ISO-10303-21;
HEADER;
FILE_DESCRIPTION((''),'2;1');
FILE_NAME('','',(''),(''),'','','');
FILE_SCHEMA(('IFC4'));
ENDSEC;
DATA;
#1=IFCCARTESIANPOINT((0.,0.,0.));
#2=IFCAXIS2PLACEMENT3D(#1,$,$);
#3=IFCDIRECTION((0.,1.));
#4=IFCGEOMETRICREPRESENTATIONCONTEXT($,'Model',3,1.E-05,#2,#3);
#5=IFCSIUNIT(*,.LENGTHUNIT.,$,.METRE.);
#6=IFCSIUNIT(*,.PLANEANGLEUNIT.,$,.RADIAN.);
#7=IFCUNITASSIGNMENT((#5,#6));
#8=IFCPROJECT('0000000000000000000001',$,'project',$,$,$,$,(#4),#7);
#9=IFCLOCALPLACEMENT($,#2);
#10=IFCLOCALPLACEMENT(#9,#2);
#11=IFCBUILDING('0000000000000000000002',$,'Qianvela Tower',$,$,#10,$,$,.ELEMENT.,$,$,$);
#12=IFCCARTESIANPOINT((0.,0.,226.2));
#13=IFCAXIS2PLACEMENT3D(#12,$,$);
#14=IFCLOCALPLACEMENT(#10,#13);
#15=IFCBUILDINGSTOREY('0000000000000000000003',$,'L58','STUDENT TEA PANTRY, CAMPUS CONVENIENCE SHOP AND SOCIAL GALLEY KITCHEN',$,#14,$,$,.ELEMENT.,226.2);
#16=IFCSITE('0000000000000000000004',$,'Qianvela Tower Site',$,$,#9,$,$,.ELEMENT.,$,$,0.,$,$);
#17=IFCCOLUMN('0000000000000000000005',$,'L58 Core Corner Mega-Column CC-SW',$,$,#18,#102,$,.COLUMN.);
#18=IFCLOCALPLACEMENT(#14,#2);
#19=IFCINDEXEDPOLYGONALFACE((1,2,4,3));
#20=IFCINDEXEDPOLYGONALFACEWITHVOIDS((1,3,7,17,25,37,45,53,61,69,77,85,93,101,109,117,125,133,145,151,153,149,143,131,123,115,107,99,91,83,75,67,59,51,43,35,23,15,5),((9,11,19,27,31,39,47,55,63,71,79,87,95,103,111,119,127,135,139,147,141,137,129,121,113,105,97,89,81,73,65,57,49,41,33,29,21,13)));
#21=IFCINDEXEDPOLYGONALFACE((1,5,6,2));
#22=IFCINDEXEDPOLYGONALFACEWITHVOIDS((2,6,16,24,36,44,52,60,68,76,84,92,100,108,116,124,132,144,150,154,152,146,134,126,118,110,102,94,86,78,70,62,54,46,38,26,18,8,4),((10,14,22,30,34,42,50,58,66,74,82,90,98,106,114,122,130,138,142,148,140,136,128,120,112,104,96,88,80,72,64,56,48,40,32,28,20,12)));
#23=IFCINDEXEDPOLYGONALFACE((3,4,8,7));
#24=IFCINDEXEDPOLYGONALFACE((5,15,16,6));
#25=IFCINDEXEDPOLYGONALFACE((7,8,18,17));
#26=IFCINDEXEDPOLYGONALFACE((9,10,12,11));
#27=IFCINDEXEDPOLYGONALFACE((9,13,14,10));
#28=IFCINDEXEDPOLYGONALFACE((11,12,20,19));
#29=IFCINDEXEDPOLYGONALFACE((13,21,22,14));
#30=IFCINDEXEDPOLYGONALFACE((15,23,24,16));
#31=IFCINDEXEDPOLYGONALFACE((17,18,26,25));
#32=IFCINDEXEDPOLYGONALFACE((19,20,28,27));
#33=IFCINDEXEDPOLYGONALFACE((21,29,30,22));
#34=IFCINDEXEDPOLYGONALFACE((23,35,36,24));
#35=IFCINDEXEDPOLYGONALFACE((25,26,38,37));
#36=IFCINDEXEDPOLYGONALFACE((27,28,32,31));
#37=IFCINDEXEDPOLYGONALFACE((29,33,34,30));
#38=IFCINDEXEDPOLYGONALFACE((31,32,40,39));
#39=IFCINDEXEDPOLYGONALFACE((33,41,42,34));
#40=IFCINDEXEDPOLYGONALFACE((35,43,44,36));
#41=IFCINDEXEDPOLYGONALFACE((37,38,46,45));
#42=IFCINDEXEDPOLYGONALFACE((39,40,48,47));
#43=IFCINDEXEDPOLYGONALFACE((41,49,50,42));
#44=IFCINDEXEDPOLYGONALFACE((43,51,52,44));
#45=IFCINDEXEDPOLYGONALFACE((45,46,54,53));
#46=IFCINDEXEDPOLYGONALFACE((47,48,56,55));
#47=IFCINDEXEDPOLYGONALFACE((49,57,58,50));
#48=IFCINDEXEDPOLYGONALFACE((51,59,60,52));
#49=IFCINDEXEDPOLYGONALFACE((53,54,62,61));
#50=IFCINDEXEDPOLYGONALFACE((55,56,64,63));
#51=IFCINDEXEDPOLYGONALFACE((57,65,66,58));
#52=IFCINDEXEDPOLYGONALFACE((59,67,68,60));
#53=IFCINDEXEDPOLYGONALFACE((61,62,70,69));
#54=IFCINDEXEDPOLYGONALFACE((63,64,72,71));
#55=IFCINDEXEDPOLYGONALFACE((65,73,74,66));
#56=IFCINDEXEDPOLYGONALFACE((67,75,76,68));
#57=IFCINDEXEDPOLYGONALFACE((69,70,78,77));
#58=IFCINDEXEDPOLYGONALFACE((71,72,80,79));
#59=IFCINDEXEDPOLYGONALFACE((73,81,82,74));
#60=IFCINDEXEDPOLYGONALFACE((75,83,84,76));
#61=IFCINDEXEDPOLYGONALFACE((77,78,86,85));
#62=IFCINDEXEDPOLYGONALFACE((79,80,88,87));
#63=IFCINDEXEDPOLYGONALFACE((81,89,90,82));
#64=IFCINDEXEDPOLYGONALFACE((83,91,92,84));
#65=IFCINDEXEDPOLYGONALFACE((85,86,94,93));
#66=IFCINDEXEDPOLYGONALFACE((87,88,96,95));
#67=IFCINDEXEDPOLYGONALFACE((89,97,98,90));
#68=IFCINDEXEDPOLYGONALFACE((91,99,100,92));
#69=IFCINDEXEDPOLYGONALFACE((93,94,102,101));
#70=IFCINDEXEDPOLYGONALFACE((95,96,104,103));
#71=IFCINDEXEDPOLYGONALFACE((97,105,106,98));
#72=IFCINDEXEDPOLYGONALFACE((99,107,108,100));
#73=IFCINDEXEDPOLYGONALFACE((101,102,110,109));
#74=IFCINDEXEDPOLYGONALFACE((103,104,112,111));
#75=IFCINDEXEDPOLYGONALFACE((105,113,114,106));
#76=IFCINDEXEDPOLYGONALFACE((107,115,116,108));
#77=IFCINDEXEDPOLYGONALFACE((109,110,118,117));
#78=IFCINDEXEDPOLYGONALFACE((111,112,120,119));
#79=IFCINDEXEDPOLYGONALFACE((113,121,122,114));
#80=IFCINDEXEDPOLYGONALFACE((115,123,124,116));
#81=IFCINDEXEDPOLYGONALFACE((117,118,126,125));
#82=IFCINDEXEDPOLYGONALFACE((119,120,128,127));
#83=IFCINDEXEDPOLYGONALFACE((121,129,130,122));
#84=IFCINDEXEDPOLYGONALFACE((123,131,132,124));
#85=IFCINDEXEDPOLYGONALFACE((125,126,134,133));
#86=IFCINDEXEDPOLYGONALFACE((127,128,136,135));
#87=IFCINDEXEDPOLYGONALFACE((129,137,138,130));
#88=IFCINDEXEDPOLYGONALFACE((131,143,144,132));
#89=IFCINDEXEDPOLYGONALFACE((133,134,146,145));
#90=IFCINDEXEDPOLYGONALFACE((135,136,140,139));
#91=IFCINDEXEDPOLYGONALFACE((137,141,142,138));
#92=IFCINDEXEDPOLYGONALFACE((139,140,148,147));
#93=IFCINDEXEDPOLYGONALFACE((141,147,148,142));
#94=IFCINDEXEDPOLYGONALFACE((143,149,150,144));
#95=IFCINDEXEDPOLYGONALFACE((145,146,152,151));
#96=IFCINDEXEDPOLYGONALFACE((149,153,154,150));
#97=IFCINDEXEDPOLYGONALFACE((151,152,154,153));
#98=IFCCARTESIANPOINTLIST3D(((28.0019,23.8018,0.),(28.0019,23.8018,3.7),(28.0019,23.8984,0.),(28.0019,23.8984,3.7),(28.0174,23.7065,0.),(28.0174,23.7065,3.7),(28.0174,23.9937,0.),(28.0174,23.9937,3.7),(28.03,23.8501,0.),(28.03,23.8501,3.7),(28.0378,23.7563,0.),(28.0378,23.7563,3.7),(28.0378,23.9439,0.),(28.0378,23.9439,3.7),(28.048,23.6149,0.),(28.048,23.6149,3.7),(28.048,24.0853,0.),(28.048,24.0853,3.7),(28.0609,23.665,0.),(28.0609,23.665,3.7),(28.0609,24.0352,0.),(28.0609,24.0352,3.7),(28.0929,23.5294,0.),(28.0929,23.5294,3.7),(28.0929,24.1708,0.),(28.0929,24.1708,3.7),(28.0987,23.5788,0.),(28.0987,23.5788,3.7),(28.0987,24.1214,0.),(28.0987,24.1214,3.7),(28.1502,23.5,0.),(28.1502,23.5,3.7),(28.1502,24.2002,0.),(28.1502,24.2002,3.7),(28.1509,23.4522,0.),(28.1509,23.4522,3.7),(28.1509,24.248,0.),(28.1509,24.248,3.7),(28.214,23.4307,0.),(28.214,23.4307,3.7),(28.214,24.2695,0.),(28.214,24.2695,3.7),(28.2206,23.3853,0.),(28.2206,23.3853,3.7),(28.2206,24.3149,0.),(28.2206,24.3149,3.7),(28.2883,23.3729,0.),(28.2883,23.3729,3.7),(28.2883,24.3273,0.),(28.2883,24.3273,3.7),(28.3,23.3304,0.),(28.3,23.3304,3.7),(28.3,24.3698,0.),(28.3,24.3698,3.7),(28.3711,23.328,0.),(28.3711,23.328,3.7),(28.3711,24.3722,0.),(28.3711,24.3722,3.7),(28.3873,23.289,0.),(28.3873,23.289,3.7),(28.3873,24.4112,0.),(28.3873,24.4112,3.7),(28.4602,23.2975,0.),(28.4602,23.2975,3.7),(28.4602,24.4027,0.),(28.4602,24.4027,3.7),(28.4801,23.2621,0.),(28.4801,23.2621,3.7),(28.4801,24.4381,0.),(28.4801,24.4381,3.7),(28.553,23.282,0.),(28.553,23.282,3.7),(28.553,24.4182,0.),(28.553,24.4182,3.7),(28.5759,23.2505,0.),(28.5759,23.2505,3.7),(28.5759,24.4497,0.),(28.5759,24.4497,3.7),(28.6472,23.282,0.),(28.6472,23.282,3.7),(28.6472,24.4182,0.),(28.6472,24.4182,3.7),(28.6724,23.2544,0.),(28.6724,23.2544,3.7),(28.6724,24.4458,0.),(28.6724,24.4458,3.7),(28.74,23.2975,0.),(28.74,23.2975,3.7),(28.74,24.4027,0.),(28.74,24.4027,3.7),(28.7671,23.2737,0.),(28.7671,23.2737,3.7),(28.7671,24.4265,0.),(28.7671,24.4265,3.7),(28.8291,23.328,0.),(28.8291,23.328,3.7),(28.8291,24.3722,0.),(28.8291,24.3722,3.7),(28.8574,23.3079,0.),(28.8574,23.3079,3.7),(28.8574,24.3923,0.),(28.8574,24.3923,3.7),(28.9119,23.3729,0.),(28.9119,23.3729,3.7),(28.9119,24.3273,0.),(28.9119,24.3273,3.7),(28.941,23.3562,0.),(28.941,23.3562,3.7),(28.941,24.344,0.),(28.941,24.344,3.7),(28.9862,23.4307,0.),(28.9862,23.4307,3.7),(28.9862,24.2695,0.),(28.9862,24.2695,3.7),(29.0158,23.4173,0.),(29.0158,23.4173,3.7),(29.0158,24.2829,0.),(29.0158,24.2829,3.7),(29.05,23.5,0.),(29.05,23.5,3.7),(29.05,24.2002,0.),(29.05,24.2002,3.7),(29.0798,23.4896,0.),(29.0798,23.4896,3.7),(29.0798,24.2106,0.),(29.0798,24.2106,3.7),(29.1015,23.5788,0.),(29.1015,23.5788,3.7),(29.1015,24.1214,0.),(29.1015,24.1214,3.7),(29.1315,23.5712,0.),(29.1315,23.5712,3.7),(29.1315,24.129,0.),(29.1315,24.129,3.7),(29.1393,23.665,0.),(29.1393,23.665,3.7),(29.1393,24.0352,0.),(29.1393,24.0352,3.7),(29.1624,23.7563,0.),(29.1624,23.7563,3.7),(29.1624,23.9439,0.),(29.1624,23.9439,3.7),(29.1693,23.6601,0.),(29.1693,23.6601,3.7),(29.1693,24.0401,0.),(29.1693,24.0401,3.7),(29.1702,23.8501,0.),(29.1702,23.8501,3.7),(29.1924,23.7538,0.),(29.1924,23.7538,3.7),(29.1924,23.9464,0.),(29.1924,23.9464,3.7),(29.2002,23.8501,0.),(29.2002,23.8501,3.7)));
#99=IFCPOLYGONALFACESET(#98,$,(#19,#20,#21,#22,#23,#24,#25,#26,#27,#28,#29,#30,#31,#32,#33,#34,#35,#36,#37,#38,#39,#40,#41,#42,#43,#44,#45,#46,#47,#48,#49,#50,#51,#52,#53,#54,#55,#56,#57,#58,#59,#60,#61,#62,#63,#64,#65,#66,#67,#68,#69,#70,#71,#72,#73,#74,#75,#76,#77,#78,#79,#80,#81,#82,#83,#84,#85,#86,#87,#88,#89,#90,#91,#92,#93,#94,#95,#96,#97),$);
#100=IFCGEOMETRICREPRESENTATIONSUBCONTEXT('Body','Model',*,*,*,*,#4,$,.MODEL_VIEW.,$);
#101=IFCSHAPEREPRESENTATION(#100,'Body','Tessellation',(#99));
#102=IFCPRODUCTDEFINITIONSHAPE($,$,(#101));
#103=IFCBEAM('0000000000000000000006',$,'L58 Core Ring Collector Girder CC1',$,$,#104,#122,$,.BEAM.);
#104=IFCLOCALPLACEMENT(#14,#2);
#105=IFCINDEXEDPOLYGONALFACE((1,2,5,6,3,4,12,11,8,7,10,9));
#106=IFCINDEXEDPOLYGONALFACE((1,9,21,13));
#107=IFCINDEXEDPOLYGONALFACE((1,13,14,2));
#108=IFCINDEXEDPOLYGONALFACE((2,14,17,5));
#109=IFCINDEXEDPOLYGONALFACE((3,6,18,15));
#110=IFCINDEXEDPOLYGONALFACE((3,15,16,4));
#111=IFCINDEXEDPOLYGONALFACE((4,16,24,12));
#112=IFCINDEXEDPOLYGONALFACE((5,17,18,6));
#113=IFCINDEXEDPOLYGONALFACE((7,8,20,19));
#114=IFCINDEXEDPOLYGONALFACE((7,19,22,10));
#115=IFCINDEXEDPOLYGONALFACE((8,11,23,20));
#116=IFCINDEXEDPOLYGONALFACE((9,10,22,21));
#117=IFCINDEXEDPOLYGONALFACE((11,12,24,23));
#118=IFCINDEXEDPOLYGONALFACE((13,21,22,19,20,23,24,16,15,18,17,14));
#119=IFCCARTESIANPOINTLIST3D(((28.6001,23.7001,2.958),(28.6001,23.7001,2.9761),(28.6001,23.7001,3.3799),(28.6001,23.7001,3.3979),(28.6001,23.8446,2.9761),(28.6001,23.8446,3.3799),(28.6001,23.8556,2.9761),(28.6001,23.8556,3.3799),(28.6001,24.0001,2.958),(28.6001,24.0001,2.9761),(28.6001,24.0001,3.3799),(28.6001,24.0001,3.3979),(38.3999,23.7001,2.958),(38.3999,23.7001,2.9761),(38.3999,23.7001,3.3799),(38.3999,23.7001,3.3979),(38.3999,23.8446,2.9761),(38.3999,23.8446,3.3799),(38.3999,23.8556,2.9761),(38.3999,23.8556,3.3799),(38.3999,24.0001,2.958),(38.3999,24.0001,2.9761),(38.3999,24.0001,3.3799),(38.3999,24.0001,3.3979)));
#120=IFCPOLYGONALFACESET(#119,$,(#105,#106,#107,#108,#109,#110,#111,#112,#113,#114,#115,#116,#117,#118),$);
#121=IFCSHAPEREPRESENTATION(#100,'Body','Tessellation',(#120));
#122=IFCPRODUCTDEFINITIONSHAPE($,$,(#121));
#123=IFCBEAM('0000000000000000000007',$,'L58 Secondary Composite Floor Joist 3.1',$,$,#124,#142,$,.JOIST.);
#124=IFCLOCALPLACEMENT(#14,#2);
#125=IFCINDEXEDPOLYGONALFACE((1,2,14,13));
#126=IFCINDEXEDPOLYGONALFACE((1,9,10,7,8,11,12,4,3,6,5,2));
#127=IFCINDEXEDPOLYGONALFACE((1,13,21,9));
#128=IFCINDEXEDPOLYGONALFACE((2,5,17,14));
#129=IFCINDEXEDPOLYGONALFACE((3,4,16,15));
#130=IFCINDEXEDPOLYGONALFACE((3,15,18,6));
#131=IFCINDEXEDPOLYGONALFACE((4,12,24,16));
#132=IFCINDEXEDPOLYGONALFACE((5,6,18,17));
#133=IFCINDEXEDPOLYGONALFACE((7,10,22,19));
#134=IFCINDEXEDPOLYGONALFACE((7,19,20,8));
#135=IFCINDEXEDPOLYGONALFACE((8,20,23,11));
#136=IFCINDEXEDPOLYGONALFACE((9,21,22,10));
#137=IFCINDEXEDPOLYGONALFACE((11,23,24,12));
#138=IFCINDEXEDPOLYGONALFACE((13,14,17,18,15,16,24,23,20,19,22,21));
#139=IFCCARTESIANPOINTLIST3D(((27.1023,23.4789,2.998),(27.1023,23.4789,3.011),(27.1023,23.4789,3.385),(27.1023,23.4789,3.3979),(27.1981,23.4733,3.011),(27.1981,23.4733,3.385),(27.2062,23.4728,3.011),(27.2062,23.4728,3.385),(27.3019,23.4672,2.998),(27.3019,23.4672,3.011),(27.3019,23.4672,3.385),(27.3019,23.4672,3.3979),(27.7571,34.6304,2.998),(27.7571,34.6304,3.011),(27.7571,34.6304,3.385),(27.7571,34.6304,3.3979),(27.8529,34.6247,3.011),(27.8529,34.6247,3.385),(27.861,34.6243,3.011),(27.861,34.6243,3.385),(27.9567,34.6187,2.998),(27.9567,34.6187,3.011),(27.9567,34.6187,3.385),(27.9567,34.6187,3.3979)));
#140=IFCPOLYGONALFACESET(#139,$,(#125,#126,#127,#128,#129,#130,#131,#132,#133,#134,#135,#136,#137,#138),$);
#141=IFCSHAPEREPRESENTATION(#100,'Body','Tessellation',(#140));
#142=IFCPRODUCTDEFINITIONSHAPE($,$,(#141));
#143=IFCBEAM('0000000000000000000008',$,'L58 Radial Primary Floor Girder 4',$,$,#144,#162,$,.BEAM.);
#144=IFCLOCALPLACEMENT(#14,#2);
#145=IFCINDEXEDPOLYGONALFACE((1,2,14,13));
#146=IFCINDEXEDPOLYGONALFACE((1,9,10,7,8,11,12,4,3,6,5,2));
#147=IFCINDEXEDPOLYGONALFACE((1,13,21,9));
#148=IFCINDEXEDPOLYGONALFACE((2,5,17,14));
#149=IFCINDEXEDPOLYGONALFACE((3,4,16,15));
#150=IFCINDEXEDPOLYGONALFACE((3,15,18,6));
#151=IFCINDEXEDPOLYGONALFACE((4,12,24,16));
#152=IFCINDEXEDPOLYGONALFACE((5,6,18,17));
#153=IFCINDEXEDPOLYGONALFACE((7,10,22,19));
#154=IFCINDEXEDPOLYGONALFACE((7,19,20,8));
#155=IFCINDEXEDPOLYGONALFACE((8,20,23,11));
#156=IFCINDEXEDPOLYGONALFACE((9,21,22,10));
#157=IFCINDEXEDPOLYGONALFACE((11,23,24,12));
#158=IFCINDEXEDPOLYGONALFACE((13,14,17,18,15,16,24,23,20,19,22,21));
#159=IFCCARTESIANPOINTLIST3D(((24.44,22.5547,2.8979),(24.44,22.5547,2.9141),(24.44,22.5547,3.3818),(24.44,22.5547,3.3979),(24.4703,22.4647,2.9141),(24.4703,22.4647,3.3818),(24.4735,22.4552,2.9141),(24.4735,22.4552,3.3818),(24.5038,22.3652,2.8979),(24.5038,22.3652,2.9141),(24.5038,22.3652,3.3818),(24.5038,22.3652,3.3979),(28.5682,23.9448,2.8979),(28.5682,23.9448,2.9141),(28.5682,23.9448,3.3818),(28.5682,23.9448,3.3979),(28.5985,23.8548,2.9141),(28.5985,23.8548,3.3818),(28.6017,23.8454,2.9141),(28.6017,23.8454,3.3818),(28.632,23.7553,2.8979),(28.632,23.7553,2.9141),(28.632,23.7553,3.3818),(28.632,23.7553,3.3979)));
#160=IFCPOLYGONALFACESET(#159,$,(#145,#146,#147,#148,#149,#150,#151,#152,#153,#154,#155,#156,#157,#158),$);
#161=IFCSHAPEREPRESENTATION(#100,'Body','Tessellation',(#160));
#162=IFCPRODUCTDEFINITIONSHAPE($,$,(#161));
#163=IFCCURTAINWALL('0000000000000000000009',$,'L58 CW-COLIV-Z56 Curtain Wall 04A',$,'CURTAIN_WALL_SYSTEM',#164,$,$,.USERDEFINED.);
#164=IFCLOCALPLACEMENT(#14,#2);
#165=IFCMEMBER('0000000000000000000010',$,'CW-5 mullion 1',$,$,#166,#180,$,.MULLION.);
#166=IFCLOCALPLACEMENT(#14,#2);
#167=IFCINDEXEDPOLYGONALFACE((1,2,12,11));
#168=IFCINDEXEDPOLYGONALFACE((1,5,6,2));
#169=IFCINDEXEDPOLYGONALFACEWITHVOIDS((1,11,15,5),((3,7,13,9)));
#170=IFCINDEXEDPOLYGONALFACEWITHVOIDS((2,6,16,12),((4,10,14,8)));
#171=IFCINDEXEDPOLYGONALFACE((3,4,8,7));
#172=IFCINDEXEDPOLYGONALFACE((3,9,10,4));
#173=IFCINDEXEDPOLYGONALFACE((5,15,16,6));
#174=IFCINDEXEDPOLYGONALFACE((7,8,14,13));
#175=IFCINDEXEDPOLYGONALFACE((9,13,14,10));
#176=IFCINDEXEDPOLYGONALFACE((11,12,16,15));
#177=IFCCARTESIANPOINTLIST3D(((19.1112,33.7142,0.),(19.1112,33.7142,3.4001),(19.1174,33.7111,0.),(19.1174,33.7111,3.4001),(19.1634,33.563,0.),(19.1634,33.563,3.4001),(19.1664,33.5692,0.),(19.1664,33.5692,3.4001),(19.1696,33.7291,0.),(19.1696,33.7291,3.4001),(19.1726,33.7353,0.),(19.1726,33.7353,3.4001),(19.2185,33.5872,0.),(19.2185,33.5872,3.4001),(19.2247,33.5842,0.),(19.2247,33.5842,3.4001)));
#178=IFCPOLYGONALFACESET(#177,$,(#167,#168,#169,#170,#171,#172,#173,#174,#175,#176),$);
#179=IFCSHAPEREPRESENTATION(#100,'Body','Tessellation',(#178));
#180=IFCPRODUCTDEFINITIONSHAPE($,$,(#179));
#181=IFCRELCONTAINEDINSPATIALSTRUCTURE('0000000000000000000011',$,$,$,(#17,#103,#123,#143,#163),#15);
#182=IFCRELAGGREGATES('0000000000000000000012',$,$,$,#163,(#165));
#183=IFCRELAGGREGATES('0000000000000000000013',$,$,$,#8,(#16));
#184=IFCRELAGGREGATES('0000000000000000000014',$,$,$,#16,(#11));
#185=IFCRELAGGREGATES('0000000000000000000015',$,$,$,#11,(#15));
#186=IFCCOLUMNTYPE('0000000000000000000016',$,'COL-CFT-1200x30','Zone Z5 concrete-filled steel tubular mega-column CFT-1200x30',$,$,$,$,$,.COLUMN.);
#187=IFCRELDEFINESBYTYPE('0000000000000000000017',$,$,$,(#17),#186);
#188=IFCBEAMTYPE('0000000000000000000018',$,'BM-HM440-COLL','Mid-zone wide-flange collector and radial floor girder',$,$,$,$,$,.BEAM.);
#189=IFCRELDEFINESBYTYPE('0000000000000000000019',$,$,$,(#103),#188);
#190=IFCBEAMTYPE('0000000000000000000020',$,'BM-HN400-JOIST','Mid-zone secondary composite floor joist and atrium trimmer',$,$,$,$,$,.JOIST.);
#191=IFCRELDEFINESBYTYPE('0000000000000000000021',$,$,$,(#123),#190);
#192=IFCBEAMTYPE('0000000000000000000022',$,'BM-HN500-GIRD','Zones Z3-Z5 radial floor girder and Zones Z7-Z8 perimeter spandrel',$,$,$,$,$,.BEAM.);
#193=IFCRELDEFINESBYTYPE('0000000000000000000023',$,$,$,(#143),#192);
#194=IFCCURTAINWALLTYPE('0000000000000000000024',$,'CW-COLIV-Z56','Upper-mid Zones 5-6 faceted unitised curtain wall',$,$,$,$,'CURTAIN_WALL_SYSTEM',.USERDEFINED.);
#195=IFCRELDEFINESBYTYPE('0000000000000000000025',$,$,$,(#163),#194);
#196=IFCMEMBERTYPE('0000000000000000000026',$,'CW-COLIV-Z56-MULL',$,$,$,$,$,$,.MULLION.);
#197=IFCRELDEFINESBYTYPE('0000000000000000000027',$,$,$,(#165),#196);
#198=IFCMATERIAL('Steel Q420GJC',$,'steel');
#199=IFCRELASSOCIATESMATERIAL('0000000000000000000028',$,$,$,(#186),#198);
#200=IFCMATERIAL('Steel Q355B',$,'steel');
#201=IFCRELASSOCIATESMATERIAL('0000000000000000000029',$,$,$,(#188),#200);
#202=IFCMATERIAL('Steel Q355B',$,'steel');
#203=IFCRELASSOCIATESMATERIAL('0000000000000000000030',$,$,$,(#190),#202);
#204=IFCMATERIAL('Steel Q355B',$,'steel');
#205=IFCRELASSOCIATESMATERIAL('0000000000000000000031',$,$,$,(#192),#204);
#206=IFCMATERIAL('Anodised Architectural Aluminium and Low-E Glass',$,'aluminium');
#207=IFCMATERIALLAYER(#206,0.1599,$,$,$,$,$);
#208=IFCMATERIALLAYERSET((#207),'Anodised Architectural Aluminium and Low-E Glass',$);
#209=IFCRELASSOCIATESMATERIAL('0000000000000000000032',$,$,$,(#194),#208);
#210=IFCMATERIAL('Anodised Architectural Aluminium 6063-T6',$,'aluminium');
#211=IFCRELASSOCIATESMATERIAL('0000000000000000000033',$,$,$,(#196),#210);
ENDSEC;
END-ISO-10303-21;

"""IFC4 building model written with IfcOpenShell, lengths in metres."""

from ifc_helpers import new_model, si_unit, direction, frame, origin, origin_2d, place, context, subcontext, project, spatial, hollow_rectangle, hollow_circle, i_section, extrude, material, layer, layer_set, material_profile, profile_set, type_object, element, aggregate, save


model = new_model("IFC4")

# Units and contexts
model_context = context("Model", 3, precision=1e-05, world=origin(), true_north=direction((0.0, 1.0)))
body_context = subcontext(model_context, "Body", "Model", "MODEL_VIEW")
ifc_project = project(units=[si_unit("LENGTHUNIT", "METRE"), si_unit("PLANEANGLEUNIT", "RADIAN")], contexts=[model_context])

# Site, building, storey
site_placement = place(None, origin())
site = spatial("IfcSite", under=ifc_project, at=site_placement, Name="Qianvela Tower Site", CompositionType="ELEMENT", RefElevation=0.0)
building_placement = place(site_placement, origin())
building = spatial("IfcBuilding", under=site, at=building_placement, Name="Qianvela Tower", CompositionType="ELEMENT")
storey_placement = place(building_placement, frame((0.0, 0.0, 226.2)))
storey = spatial("IfcBuildingStorey", under=building, at=storey_placement, Name="L58", Description="STUDENT TEA PANTRY, CAMPUS CONVENIENCE SHOP AND SOCIAL GALLEY KITCHEN", CompositionType="ELEMENT", Elevation=226.2)

# Column
ifc_material_1 = material(Name="Steel Q420GJC", Category="steel")
ifc_material_profile_1 = material_profile(ifc_material_1, hollow_circle(Radius=0.6001, WallThickness=0.03, at=origin_2d()), Name="CFT-1200x30")
ifc_profile_set_1 = profile_set([ifc_material_profile_1], Name="Steel Q420GJC")
column_type = type_object("IfcColumnType", Name="COL-CFT-1200x30", Description="Zone Z5 concrete-filled steel tubular mega-column CFT-1200x30", PredefinedType="COLUMN", material=ifc_profile_set_1)
column_placement = place(storey_placement, frame((28.6001, 23.8501, 0.0), z_axis=(0.0, 0.0, 1.0), x_axis=(1.0, 0.0, 0.0)))
element("IfcColumn", 1, at=column_placement, inside=storey, type_object=column_type, Name="L58 Core Corner Mega-Column CC-SW", PredefinedType="COLUMN", context=body_context, shape_type="SweptSolid", body=[
    extrude(hollow_circle(Radius=0.6001, WallThickness=0.03, at=origin_2d()), origin(), (0.0, 0.0, 1.0), 3.7),
])

# Beams
ifc_material_2 = material(Name="Steel Q355B", Category="steel")
ifc_material_profile_2 = material_profile(ifc_material_2, i_section(OverallWidth=0.3, OverallDepth=0.4399, WebThickness=0.011, FlangeThickness=0.0181, at=origin_2d()), Name="HM440x300x11x18")
ifc_profile_set_2 = profile_set([ifc_material_profile_2], Name="Steel Q355B")
beam_type_1 = type_object("IfcBeamType", Name="BM-HM440-COLL", Description="Mid-zone wide-flange collector and radial floor girder", PredefinedType="BEAM", material=ifc_profile_set_2)
beam_1_placement = place(storey_placement, frame((28.6001, 23.8501, 3.178), z_axis=(1.0, 0.0, 0.0), x_axis=(0.0, 1.0, 0.0)))
element("IfcBeam", 2, at=beam_1_placement, inside=storey, type_object=beam_type_1, Name="L58 Core Ring Collector Girder CC1", PredefinedType="BEAM", context=body_context, shape_type="SweptSolid", body=[
    extrude(i_section(OverallWidth=0.3, OverallDepth=0.4399, WebThickness=0.011, FlangeThickness=0.0181, at=origin_2d()), origin(), (0.0, 0.0, 1.0), 9.7998),
])
ifc_material_3 = material(Name="Steel Q355B", Category="steel")
ifc_material_profile_3 = material_profile(ifc_material_3, i_section(OverallWidth=0.2, OverallDepth=0.3999, WebThickness=0.0081, FlangeThickness=0.0129, at=origin_2d()), Name="HN400x200x8x13")
ifc_profile_set_3 = profile_set([ifc_material_profile_3], Name="Steel Q355B")
beam_type_2 = type_object("IfcBeamType", Name="BM-HN400-JOIST", Description="Mid-zone secondary composite floor joist and atrium trimmer", PredefinedType="JOIST", material=ifc_profile_set_3)
beam_2_placement = place(storey_placement, frame((27.8569, 34.6245, 3.198), z_axis=(-0.058617, -0.998281, 0.0), x_axis=(0.998281, -0.058617, 0.0)))
element("IfcBeam", 3, at=beam_2_placement, inside=storey, type_object=beam_type_2, Name="L58 Secondary Composite Floor Joist 3.1", PredefinedType="JOIST", context=body_context, shape_type="SweptSolid", body=[
    extrude(i_section(OverallWidth=0.2, OverallDepth=0.3999, WebThickness=0.0081, FlangeThickness=0.0129, at=origin_2d()), origin(), (0.0, 0.0, 1.0), 11.1707),
])
ifc_material_4 = material(Name="Steel Q355B", Category="steel")
ifc_material_profile_4 = material_profile(ifc_material_4, i_section(OverallWidth=0.2, OverallDepth=0.5, WebThickness=0.01, FlangeThickness=0.0161, at=origin_2d()), Name="HN500x200x10x16")
ifc_profile_set_4 = profile_set([ifc_material_profile_4], Name="Steel Q355B")
beam_type_3 = type_object("IfcBeamType", Name="BM-HN500-GIRD", Description="Zones Z3-Z5 radial floor girder and Zones Z7-Z8 perimeter spandrel", PredefinedType="BEAM", material=ifc_profile_set_4)
beam_3_placement = place(storey_placement, frame((28.6001, 23.8501, 3.1479), z_axis=(-0.947709, -0.319135, 0.0), x_axis=(0.319135, -0.947709, 0.0)))
element("IfcBeam", 4, at=beam_3_placement, inside=storey, type_object=beam_type_3, Name="L58 Radial Primary Floor Girder 4", PredefinedType="BEAM", context=body_context, shape_type="SweptSolid", body=[
    extrude(i_section(OverallWidth=0.2, OverallDepth=0.5, WebThickness=0.01, FlangeThickness=0.0161, at=origin_2d()), origin(), (0.0, 0.0, 1.0), 4.356),
])

# Curtain wall, member
ifc_material_5 = material(Name="Anodised Architectural Aluminium and Low-E Glass", Category="aluminium")
ifc_layer_1 = layer(ifc_material_5, 0.1599)
ifc_layer_set_1 = layer_set([ifc_layer_1], Name="Anodised Architectural Aluminium and Low-E Glass")
curtain_wall_type = type_object("IfcCurtainWallType", Name="CW-COLIV-Z56", Description="Upper-mid Zones 5-6 faceted unitised curtain wall", ElementType="CURTAIN_WALL_SYSTEM", PredefinedType="USERDEFINED", material=ifc_layer_set_1)
curtain_wall_placement = place(storey_placement, origin())
curtain_wall = element("IfcCurtainWall", 5, at=curtain_wall_placement, inside=storey, type_object=curtain_wall_type, Name="L58 CW-COLIV-Z56 Curtain Wall 04A", ObjectType="CURTAIN_WALL_SYSTEM", PredefinedType="USERDEFINED")
ifc_material_6 = material(Name="Anodised Architectural Aluminium 6063-T6", Category="aluminium")
ifc_material_profile_5 = material_profile(ifc_material_6, hollow_rectangle(XDim=0.0649, YDim=0.1599, WallThickness=0.0049, at=origin_2d()), Name="ALU-MULL-65x160")
ifc_profile_set_5 = profile_set([ifc_material_profile_5], Name="Anodised Architectural Aluminium 6063-T6")
member_type_1 = type_object("IfcMemberType", Name="CW-COLIV-Z56-MULL", PredefinedType="MULLION", material=ifc_profile_set_5)
member_1_placement = place(storey_placement, frame((19.168, 33.6492, 0.0), z_axis=(0.0, 0.0, 1.0), x_axis=(0.945292, 0.326225, 0.0)))
member_1 = element("IfcMember", 6, at=member_1_placement, type_object=member_type_1, Name="CW-5 mullion 1", PredefinedType="MULLION", context=body_context, shape_type="SweptSolid", body=[
    extrude(hollow_rectangle(XDim=0.0649, YDim=0.1599, WallThickness=0.0049, at=origin_2d()), origin(), (0.0, 0.0, 1.0), 3.4001),
])
aggregate(curtain_wall, [member_1])

save(model, "model.ifc")
